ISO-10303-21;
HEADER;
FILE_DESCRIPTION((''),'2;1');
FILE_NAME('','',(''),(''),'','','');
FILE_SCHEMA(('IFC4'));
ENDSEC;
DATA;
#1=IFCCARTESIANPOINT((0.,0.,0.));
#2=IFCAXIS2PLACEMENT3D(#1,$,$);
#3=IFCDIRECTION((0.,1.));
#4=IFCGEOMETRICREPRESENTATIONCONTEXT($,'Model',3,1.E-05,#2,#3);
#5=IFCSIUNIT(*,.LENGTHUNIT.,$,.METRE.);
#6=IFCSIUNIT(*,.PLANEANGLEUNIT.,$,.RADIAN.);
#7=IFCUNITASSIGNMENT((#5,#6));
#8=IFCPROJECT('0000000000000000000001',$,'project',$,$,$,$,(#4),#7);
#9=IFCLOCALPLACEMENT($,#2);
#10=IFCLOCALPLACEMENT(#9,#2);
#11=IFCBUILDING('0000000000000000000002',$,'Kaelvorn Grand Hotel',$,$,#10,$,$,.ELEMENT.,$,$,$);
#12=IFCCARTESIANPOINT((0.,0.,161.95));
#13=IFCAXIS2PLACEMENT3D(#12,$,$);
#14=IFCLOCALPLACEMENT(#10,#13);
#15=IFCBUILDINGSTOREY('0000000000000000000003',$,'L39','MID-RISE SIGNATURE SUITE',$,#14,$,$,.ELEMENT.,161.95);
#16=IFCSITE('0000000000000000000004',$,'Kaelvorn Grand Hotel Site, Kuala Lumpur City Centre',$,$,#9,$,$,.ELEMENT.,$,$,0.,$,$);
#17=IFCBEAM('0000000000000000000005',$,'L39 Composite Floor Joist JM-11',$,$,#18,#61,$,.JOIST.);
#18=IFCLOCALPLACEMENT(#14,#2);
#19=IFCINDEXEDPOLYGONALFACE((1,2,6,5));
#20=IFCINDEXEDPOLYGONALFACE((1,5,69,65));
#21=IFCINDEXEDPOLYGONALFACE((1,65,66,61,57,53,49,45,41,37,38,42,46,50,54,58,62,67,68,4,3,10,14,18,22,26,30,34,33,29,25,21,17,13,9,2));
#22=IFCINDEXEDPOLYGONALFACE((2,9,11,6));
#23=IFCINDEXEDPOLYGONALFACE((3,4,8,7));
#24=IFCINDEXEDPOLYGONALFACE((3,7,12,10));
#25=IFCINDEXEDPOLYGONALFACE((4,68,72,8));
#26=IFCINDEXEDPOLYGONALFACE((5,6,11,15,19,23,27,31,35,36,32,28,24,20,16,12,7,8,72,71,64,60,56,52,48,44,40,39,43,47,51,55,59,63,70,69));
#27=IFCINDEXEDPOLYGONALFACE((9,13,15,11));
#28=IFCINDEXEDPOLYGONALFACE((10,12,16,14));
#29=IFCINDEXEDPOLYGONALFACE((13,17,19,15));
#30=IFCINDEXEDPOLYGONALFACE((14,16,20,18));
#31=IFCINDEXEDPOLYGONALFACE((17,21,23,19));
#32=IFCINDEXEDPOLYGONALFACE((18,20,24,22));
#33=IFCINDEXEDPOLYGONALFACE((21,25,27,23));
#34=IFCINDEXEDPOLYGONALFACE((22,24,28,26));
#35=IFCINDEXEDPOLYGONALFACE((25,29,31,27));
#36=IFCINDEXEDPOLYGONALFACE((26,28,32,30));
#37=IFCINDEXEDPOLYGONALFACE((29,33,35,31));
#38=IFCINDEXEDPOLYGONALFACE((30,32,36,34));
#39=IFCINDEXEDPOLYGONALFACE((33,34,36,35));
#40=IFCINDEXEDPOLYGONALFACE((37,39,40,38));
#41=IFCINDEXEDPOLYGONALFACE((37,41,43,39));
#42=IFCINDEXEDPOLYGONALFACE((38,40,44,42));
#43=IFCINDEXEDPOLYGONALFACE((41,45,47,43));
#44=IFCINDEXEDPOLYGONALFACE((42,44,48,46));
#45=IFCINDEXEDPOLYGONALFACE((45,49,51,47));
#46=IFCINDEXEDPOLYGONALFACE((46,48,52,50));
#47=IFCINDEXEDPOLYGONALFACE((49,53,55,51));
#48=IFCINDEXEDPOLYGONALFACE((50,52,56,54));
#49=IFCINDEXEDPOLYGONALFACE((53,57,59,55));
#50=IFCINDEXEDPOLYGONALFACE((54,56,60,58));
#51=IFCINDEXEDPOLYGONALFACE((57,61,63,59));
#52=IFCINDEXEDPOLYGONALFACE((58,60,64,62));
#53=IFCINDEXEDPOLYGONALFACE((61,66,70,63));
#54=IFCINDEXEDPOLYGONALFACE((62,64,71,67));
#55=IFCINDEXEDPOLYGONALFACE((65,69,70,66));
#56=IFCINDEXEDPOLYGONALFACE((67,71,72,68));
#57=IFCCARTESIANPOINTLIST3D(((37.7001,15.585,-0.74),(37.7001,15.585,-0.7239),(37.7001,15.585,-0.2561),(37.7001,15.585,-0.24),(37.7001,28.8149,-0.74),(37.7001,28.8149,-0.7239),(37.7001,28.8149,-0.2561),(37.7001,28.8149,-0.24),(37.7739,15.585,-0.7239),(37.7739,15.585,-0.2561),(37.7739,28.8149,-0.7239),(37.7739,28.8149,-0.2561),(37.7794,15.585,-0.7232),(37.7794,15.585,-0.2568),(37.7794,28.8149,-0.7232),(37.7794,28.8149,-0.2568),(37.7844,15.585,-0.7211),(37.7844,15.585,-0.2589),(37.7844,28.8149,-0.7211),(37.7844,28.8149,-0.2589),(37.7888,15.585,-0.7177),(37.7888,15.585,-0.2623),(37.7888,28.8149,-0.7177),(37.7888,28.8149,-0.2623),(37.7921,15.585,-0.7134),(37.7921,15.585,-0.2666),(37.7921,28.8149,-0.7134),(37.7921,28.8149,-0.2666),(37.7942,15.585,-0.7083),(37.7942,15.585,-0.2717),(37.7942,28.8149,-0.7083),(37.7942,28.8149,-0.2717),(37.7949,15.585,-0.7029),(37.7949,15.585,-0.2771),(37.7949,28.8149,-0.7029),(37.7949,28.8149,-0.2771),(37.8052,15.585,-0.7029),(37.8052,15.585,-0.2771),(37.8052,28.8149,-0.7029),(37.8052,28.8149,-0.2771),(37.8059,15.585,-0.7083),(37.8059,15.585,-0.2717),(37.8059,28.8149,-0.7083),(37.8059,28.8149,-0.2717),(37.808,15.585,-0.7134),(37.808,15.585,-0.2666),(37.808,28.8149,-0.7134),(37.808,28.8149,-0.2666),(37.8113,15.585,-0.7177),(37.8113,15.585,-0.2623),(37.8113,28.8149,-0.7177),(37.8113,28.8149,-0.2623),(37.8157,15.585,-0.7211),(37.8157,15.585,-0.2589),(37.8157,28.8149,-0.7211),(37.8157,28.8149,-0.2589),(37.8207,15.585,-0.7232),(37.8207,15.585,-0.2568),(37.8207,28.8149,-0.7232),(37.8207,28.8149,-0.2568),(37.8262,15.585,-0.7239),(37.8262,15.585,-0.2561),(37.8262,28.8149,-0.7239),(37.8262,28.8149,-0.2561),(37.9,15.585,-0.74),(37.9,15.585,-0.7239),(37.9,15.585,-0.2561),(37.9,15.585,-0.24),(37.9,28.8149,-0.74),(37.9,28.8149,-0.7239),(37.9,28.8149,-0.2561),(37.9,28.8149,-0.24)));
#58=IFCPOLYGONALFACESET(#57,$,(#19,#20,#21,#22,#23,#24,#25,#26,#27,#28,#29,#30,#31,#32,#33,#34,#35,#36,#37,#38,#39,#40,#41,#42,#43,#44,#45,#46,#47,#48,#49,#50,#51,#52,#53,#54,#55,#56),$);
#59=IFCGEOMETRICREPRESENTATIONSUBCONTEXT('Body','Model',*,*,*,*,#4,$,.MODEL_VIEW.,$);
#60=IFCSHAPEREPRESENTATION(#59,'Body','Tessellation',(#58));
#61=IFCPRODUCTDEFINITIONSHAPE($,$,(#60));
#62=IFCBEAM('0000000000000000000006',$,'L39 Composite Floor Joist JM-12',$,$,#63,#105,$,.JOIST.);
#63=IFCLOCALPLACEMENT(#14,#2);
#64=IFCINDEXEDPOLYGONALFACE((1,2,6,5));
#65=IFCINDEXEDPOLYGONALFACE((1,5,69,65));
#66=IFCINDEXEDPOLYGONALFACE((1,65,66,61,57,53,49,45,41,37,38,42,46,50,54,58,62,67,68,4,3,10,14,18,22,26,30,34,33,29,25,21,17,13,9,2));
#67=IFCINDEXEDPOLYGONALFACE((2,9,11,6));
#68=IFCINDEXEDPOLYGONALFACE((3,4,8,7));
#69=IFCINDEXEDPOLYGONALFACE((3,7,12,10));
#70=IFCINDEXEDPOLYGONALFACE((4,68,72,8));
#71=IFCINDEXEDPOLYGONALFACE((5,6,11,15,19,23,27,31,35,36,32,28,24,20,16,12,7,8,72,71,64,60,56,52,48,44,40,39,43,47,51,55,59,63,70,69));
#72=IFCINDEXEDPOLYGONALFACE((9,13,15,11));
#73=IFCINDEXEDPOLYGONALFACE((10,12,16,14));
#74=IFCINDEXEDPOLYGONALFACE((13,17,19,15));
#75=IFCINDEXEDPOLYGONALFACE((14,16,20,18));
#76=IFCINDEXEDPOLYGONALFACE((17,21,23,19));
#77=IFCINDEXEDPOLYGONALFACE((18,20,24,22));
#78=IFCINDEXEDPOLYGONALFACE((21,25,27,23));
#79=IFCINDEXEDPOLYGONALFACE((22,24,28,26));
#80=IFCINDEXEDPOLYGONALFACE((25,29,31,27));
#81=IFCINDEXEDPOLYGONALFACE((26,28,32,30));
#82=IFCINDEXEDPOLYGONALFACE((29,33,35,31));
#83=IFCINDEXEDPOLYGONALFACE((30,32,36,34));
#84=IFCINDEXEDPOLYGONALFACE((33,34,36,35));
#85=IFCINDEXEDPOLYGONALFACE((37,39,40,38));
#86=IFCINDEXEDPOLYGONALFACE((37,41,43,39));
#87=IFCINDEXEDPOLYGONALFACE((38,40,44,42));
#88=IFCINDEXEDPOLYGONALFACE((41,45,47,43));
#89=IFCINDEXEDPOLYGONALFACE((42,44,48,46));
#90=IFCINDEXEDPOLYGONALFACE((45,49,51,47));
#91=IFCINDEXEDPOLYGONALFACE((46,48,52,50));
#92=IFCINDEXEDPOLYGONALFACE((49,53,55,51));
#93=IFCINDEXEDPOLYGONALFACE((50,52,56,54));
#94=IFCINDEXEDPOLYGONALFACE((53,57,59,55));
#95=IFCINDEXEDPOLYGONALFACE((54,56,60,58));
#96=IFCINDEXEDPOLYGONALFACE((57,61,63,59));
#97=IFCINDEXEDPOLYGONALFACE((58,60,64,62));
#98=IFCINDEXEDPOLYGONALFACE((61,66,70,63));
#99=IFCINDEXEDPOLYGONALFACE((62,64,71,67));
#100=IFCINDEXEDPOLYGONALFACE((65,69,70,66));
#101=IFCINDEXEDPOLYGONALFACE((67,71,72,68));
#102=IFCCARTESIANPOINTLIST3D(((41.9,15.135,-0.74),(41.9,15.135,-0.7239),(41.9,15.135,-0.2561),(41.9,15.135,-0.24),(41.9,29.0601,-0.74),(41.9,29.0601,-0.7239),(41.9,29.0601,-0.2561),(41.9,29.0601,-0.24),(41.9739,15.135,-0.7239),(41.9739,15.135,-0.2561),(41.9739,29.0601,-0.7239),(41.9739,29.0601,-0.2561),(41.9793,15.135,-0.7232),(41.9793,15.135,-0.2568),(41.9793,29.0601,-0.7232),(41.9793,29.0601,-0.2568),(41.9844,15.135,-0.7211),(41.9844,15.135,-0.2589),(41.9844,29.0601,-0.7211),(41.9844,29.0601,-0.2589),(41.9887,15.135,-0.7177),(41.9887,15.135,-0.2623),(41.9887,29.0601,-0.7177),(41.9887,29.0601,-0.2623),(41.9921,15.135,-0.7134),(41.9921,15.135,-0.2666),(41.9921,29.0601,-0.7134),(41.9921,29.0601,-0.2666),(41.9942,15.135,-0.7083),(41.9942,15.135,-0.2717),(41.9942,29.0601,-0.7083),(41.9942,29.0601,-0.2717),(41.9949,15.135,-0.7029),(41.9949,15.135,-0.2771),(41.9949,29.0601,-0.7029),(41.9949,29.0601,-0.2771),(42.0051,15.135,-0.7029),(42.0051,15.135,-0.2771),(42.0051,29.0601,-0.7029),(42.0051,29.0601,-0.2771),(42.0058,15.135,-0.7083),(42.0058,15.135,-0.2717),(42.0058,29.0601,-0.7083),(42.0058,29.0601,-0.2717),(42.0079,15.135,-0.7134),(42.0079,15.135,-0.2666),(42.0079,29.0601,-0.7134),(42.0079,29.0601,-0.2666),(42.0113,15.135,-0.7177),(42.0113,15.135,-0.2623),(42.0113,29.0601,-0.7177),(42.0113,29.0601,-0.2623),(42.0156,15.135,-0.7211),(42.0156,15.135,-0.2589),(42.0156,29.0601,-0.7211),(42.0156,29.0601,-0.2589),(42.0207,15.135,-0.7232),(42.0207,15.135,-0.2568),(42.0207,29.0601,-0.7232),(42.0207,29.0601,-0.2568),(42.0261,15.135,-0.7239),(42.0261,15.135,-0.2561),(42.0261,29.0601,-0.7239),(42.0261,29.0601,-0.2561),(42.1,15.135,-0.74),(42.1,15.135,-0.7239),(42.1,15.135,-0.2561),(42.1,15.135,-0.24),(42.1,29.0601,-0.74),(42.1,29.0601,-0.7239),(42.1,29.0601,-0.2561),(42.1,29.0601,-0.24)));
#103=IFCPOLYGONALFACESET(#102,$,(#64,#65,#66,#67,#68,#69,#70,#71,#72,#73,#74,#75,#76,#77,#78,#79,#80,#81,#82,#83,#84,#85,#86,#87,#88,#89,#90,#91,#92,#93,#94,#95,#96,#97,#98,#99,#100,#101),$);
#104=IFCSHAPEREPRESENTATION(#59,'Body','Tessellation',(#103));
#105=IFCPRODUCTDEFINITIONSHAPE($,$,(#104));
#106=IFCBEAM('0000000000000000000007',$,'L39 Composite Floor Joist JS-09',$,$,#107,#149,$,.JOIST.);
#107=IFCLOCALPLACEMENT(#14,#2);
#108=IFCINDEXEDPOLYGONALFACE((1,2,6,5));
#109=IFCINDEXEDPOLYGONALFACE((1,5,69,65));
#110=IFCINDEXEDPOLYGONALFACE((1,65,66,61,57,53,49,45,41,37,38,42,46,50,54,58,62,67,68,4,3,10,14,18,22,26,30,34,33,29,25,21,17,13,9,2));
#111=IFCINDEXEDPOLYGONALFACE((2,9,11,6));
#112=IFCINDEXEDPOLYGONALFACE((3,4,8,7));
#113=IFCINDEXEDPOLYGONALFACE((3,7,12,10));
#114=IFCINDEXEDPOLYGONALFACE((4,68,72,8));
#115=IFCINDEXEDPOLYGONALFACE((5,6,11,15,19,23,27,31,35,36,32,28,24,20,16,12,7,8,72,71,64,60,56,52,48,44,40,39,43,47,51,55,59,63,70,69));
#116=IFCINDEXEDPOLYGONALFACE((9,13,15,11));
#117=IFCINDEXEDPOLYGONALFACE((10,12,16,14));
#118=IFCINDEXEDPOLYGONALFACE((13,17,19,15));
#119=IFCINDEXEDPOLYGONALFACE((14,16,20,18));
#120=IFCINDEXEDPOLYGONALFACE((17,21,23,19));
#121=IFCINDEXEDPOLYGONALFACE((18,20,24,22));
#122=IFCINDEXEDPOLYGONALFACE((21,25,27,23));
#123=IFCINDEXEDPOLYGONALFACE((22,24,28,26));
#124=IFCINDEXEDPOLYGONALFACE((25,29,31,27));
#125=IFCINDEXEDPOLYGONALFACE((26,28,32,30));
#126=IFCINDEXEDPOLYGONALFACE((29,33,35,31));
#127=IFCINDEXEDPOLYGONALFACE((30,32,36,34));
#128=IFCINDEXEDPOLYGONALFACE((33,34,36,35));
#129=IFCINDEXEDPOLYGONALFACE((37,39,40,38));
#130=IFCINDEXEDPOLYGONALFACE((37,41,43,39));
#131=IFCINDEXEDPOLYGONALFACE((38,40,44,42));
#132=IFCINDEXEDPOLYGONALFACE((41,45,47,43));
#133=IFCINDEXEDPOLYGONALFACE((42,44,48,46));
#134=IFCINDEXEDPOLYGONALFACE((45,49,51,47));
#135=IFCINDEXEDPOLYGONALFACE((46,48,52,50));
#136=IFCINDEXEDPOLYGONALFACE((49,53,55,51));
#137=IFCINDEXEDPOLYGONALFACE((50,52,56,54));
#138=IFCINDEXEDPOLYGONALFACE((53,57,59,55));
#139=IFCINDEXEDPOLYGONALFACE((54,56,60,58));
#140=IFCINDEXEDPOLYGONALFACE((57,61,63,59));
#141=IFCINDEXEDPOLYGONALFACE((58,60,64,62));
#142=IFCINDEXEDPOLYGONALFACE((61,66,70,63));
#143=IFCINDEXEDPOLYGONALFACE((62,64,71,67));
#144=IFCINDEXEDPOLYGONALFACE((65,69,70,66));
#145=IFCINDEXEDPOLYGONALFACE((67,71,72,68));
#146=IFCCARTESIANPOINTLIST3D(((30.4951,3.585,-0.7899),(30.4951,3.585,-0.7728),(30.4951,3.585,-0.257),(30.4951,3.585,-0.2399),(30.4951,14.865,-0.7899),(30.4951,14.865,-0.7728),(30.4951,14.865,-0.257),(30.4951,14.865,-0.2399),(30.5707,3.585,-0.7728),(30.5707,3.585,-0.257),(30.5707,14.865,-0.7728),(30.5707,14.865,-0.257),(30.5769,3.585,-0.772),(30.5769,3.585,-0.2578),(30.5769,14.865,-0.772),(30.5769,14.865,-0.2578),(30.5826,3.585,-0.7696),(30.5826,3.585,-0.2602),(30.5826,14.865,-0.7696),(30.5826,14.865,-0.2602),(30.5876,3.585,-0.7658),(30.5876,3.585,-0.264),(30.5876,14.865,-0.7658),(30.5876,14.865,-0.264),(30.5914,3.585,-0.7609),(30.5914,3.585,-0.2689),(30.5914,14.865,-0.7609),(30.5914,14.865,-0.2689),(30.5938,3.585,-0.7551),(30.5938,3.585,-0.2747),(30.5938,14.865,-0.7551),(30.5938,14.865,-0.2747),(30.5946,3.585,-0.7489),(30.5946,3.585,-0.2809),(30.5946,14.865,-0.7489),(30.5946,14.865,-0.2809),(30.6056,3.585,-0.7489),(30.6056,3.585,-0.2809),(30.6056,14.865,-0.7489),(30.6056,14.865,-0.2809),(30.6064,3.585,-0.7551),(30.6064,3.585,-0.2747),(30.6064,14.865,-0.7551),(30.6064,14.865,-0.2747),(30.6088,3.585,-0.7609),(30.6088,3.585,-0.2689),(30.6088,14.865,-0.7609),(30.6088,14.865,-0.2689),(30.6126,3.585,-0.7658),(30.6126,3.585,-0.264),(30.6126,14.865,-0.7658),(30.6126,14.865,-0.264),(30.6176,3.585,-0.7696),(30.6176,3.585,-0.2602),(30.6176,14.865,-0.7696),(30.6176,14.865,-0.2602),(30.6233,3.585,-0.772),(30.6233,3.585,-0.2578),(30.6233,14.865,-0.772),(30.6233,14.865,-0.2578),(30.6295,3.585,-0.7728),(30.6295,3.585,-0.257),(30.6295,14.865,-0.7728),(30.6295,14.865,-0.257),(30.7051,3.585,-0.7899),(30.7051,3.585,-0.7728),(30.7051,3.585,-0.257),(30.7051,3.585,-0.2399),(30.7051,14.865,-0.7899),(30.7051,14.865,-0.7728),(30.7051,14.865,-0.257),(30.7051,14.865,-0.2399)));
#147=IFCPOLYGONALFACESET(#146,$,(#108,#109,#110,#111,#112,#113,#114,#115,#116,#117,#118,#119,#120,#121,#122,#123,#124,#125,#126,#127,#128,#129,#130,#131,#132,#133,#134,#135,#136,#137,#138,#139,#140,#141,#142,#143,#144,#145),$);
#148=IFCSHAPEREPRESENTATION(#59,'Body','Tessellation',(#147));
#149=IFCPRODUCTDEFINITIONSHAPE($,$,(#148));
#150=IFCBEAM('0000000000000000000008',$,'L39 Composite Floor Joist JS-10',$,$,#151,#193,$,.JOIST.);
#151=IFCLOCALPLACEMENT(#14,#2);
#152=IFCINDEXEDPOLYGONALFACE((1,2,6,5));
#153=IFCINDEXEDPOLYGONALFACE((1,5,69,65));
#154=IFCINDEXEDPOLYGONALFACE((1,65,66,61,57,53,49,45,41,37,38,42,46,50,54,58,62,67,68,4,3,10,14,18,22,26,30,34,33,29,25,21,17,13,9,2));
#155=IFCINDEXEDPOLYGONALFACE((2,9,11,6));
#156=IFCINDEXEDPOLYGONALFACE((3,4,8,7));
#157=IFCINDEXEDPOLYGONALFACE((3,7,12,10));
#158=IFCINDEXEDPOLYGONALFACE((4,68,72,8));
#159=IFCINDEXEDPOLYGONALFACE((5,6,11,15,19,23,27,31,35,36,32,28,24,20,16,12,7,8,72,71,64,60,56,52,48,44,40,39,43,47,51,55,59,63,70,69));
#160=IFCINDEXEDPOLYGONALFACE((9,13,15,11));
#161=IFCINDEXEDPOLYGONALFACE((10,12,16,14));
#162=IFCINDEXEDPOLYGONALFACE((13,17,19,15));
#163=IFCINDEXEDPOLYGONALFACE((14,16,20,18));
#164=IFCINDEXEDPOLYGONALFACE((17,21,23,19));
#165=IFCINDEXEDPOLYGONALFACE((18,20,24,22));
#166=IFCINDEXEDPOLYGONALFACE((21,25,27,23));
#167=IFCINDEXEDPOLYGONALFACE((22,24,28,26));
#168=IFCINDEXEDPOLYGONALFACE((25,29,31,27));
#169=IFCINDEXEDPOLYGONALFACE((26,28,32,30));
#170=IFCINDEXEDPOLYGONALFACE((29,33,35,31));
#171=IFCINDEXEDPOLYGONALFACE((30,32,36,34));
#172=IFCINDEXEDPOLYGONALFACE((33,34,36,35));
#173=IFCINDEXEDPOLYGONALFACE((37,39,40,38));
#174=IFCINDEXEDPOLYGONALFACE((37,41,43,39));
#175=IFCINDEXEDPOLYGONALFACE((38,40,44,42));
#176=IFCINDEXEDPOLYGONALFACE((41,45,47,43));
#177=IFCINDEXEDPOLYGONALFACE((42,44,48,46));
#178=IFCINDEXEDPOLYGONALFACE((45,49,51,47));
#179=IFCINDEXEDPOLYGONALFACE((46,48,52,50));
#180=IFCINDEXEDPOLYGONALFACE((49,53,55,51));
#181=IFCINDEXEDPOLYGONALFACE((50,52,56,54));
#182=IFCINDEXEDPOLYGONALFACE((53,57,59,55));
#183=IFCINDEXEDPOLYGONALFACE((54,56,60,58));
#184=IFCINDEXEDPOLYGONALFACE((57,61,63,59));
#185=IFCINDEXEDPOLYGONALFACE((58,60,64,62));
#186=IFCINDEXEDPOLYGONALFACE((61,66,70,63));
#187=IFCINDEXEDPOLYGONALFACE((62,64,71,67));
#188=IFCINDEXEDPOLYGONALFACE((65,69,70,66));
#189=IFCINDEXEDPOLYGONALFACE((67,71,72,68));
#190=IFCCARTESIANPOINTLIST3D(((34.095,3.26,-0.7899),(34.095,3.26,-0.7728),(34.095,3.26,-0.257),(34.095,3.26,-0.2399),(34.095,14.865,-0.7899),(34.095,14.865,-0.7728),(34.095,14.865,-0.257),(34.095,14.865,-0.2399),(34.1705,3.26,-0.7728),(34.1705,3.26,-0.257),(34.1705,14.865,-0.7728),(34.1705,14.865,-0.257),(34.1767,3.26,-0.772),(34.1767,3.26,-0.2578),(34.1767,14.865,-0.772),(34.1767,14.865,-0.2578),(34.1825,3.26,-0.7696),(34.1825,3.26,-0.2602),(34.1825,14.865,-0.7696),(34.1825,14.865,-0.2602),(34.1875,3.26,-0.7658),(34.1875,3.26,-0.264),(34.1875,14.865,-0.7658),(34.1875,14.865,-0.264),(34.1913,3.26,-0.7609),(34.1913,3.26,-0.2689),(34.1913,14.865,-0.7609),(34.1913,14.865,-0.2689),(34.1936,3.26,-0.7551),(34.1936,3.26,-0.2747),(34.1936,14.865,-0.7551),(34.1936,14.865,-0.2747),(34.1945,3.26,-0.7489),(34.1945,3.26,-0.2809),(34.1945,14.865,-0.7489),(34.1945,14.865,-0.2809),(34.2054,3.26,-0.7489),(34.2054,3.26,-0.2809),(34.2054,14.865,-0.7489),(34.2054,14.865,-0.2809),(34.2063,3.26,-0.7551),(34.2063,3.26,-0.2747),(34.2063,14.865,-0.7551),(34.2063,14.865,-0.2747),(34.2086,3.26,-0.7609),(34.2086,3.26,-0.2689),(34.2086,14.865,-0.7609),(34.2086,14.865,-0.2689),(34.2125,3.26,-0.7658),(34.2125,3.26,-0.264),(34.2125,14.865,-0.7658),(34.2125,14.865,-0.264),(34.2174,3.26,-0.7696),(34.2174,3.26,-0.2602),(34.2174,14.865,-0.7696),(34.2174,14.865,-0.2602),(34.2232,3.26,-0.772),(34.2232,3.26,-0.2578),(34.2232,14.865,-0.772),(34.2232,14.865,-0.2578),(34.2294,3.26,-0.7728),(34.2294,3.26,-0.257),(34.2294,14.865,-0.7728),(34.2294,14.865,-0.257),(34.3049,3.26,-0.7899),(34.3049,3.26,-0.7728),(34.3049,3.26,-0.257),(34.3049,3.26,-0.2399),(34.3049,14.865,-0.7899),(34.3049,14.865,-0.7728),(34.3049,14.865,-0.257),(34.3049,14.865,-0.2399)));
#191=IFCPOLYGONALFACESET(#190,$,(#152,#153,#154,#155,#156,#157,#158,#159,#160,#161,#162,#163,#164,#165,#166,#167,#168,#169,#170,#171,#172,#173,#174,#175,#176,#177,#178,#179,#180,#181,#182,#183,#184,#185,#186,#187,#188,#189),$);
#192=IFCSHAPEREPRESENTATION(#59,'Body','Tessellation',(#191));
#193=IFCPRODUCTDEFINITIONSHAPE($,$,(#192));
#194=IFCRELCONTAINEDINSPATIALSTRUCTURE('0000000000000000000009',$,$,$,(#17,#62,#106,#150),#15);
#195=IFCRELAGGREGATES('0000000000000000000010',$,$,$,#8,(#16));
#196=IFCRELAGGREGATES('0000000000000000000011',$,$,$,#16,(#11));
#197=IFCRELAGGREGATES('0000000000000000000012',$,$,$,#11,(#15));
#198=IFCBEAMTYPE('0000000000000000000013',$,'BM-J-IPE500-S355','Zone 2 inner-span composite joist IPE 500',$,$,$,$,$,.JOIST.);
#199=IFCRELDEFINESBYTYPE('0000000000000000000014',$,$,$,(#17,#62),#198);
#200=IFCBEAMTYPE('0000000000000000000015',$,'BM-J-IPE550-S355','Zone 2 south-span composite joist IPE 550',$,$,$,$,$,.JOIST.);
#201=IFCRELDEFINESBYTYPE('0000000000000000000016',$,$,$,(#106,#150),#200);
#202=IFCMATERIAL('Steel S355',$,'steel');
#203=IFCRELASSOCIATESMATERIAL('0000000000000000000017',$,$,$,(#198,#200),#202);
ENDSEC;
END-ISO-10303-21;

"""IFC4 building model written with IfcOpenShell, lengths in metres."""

from ifc_helpers import new_model, si_unit, direction, frame, origin, origin_2d, place, context, subcontext, project, spatial, i_section, extrude, material, material_profile, profile_set, type_object, element, save


model = new_model("IFC4")

# Units and contexts
model_context = context("Model", 3, precision=1e-05, world=origin(), true_north=direction((0.0, 1.0)))
body_context = subcontext(model_context, "Body", "Model", "MODEL_VIEW")
ifc_project = project(units=[si_unit("LENGTHUNIT", "METRE"), si_unit("PLANEANGLEUNIT", "RADIAN")], contexts=[model_context])

# Site, building, storey
site_placement = place(None, origin())
site = spatial("IfcSite", under=ifc_project, at=site_placement, Name="Kaelvorn Grand Hotel Site, Kuala Lumpur City Centre", CompositionType="ELEMENT", RefElevation=0.0)
building_placement = place(site_placement, origin())
building = spatial("IfcBuilding", under=site, at=building_placement, Name="Kaelvorn Grand Hotel", CompositionType="ELEMENT")
storey_placement = place(building_placement, frame((0.0, 0.0, 161.95)))
storey = spatial("IfcBuildingStorey", under=building, at=storey_placement, Name="L39", Description="MID-RISE SIGNATURE SUITE", CompositionType="ELEMENT", Elevation=161.95)

# Beams
ifc_material_1 = material(Name="Steel S355", Category="steel")
ifc_material_profile_1 = material_profile(ifc_material_1, i_section(OverallWidth=0.2, OverallDepth=0.5, WebThickness=0.0103, FlangeThickness=0.0161, FilletRadius=0.021, at=origin_2d()), Name="IPE 500")
ifc_profile_set_1 = profile_set([ifc_material_profile_1], Name="Steel S355")
beam_type_1 = type_object("IfcBeamType", Name="BM-J-IPE500-S355", Description="Zone 2 inner-span composite joist IPE 500", PredefinedType="JOIST", material=ifc_profile_set_1)
beam_1_placement = place(storey_placement, frame((37.8, 15.585, -0.49), z_axis=(0.0, 1.0, 0.0), x_axis=(-1.0, 0.0, 0.0)))
element("IfcBeam", 1, at=beam_1_placement, inside=storey, type_object=beam_type_1, Name="L39 Composite Floor Joist JM-11", PredefinedType="JOIST", context=body_context, shape_type="SweptSolid", body=[
    extrude(i_section(OverallWidth=0.2, OverallDepth=0.5, WebThickness=0.0103, FlangeThickness=0.0161, FilletRadius=0.021, at=origin_2d()), origin(), (0.0, 0.0, 1.0), 13.23),
])
beam_2_placement = place(storey_placement, frame((42.0, 15.135, -0.49), z_axis=(0.0, 1.0, 0.0), x_axis=(-1.0, 0.0, 0.0)))
element("IfcBeam", 2, at=beam_2_placement, inside=storey, type_object=beam_type_1, Name="L39 Composite Floor Joist JM-12", PredefinedType="JOIST", context=body_context, shape_type="SweptSolid", body=[
    extrude(i_section(OverallWidth=0.2, OverallDepth=0.5, WebThickness=0.0103, FlangeThickness=0.0161, FilletRadius=0.021, at=origin_2d()), origin(), (0.0, 0.0, 1.0), 13.925),
])
ifc_material_profile_2 = material_profile(ifc_material_1, i_section(OverallWidth=0.21, OverallDepth=0.55, WebThickness=0.011, FlangeThickness=0.0171, FilletRadius=0.0239, at=origin_2d()), Name="IPE 550")
ifc_profile_set_2 = profile_set([ifc_material_profile_2], Name="Steel S355")
beam_type_2 = type_object("IfcBeamType", Name="BM-J-IPE550-S355", Description="Zone 2 south-span composite joist IPE 550", PredefinedType="JOIST", material=ifc_profile_set_2)
beam_3_placement = place(storey_placement, frame((30.6001, 3.585, -0.5149), z_axis=(0.0, 1.0, 0.0), x_axis=(-1.0, 0.0, 0.0)))
element("IfcBeam", 3, at=beam_3_placement, inside=storey, type_object=beam_type_2, Name="L39 Composite Floor Joist JS-09", PredefinedType="JOIST", context=body_context, shape_type="SweptSolid", body=[
    extrude(i_section(OverallWidth=0.21, OverallDepth=0.55, WebThickness=0.011, FlangeThickness=0.0171, FilletRadius=0.0239, at=origin_2d()), origin(), (0.0, 0.0, 1.0), 11.28),
])
beam_4_placement = place(storey_placement, frame((34.2, 3.26, -0.5149), z_axis=(0.0, 1.0, 0.0), x_axis=(-1.0, 0.0, 0.0)))
element("IfcBeam", 4, at=beam_4_placement, inside=storey, type_object=beam_type_2, Name="L39 Composite Floor Joist JS-10", PredefinedType="JOIST", context=body_context, shape_type="SweptSolid", body=[
    extrude(i_section(OverallWidth=0.21, OverallDepth=0.55, WebThickness=0.011, FlangeThickness=0.0171, FilletRadius=0.0239, at=origin_2d()), origin(), (0.0, 0.0, 1.0), 11.605),
])

save(model, "model.ifc")
